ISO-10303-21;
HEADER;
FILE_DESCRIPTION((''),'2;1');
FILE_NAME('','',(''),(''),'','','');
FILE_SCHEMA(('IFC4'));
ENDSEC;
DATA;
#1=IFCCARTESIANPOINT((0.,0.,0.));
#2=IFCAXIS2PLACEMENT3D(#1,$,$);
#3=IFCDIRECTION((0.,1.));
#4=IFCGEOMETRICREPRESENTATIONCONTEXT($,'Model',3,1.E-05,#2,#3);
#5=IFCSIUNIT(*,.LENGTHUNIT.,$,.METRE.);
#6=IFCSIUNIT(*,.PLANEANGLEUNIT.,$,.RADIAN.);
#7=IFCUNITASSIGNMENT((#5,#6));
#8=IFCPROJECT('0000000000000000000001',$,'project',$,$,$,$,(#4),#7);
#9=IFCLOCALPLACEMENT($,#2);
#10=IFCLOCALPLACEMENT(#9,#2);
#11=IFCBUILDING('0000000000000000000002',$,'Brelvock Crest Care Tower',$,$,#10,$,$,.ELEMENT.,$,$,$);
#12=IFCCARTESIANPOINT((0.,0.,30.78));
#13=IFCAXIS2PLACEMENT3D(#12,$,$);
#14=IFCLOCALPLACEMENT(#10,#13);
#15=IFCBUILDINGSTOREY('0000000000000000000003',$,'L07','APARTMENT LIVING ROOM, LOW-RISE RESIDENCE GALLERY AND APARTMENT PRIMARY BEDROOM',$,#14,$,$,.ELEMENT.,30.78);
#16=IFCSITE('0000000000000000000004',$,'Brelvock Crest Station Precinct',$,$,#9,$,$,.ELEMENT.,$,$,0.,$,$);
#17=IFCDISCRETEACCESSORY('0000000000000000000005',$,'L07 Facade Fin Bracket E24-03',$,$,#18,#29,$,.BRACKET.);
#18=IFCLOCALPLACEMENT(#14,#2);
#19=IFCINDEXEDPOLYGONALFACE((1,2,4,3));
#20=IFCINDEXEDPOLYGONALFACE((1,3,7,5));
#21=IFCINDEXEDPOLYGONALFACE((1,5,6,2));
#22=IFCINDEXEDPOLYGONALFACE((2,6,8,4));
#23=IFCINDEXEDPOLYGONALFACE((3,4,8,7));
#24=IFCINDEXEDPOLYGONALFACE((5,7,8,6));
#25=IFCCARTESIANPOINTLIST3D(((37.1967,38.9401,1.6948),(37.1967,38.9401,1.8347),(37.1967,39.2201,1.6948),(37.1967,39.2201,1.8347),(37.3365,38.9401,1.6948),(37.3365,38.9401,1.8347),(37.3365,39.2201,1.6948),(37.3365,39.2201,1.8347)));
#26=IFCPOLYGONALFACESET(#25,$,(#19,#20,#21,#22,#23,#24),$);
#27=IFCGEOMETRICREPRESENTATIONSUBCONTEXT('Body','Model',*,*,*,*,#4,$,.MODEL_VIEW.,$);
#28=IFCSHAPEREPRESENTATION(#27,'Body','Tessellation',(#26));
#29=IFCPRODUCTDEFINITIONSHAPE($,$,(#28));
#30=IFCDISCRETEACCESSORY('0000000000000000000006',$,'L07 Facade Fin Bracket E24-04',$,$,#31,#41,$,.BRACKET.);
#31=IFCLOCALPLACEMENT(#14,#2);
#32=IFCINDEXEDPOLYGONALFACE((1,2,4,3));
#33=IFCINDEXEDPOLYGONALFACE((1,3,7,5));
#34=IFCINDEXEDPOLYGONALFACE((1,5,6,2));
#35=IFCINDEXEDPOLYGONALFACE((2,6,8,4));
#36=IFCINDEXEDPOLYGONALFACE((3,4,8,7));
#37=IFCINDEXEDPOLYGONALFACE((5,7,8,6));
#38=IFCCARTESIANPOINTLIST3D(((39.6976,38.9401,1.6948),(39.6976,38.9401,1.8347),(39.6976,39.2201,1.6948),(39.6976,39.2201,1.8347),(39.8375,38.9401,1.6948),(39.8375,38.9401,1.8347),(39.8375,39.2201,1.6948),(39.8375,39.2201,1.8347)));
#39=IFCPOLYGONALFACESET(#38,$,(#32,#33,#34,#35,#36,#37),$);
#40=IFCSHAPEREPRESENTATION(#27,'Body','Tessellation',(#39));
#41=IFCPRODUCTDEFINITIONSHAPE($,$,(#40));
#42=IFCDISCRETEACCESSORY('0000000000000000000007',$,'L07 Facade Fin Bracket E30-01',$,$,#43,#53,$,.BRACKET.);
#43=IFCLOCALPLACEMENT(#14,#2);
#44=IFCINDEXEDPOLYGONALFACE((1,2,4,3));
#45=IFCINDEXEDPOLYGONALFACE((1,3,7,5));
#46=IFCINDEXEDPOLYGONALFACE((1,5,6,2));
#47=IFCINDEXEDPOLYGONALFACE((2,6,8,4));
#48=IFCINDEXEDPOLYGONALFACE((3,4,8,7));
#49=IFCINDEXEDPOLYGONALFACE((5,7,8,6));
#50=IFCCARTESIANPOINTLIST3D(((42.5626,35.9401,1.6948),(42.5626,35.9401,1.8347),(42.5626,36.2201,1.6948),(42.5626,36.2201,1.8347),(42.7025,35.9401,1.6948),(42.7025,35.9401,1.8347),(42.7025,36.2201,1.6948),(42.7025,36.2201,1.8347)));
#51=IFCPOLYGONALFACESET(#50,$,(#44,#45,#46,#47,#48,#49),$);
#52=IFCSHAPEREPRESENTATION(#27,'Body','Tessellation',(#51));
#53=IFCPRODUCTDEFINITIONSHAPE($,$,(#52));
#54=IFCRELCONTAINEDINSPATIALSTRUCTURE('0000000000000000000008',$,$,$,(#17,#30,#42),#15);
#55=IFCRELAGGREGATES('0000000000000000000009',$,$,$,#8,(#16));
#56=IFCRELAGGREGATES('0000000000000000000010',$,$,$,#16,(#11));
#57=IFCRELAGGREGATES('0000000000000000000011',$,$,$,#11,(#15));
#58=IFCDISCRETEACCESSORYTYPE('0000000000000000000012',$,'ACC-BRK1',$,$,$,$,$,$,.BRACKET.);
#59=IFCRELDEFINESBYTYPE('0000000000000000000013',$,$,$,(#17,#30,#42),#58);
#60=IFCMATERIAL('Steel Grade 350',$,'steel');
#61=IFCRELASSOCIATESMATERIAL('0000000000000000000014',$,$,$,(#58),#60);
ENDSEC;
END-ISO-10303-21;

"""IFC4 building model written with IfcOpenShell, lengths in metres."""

from ifc_helpers import new_model, si_unit, direction, frame, origin, origin_2d, place, context, subcontext, project, spatial, rectangle, extrude, source, transform, mapped, material, type_object, element, save


model = new_model("IFC4")

# Units and contexts
model_context = context("Model", 3, precision=1e-05, world=origin(), true_north=direction((0.0, 1.0)))
body_context = subcontext(model_context, "Body", "Model", "MODEL_VIEW")
ifc_project = project(units=[si_unit("LENGTHUNIT", "METRE"), si_unit("PLANEANGLEUNIT", "RADIAN")], contexts=[model_context])

# Site, building, storey
site_placement = place(None, origin())
site = spatial("IfcSite", under=ifc_project, at=site_placement, Name="Brelvock Crest Station Precinct", CompositionType="ELEMENT", RefElevation=0.0)
building_placement = place(site_placement, origin())
building = spatial("IfcBuilding", under=site, at=building_placement, Name="Brelvock Crest Care Tower", CompositionType="ELEMENT")
storey_placement = place(building_placement, frame((0.0, 0.0, 30.78)))
storey = spatial("IfcBuildingStorey", under=building, at=storey_placement, Name="L07", Description="APARTMENT LIVING ROOM, LOW-RISE RESIDENCE GALLERY AND APARTMENT PRIMARY BEDROOM", CompositionType="ELEMENT", Elevation=30.78)

# Shared definitions
ifc_material_1 = material(Name="Steel Grade 350", Category="steel")

# Discrete accessories
discrete_accessory_type = type_object("IfcDiscreteAccessoryType", Name="ACC-BRK1", PredefinedType="BRACKET", material=ifc_material_1)
shared_shape_1 = source(origin(), body_context, "Body", "SweptSolid", [
    extrude(rectangle(XDim=0.28, YDim=0.1399, at=origin_2d()), origin(), (0.0, 0.0, 1.0), 0.1399),
])
for number, where, z_axis, x_axis, name in (
    (1, (37.2666, 39.0801, 1.6948), (0.0, 0.0, 1.0), (0.0, 1.0, 0.0), "L07 Facade Fin Bracket E24-03"),
    (2, (39.7676, 39.0801, 1.6948), (0.0, 0.0, 1.0), (0.0, 1.0, 0.0), "L07 Facade Fin Bracket E24-04"),
    (3, (42.6326, 36.0801, 1.6948), (0.0, 0.0, 1.0), (0.0, 1.0, 0.0), "L07 Facade Fin Bracket E30-01"),
):
    element("IfcDiscreteAccessory", number, at=place(storey_placement, frame(where, z_axis=z_axis, x_axis=x_axis)), inside=storey, type_object=discrete_accessory_type, Name=name, PredefinedType="BRACKET", context=body_context, shape_type="MappedRepresentation", body=[
        mapped(shared_shape_1, transform((0.0, 0.0, 0.0), x_axis=(1.0, 0.0, 0.0), y_axis=(0.0, 1.0, 0.0), z_axis=(0.0, 0.0, 1.0), scale=1.0)),
    ])

save(model, "model.ifc")
